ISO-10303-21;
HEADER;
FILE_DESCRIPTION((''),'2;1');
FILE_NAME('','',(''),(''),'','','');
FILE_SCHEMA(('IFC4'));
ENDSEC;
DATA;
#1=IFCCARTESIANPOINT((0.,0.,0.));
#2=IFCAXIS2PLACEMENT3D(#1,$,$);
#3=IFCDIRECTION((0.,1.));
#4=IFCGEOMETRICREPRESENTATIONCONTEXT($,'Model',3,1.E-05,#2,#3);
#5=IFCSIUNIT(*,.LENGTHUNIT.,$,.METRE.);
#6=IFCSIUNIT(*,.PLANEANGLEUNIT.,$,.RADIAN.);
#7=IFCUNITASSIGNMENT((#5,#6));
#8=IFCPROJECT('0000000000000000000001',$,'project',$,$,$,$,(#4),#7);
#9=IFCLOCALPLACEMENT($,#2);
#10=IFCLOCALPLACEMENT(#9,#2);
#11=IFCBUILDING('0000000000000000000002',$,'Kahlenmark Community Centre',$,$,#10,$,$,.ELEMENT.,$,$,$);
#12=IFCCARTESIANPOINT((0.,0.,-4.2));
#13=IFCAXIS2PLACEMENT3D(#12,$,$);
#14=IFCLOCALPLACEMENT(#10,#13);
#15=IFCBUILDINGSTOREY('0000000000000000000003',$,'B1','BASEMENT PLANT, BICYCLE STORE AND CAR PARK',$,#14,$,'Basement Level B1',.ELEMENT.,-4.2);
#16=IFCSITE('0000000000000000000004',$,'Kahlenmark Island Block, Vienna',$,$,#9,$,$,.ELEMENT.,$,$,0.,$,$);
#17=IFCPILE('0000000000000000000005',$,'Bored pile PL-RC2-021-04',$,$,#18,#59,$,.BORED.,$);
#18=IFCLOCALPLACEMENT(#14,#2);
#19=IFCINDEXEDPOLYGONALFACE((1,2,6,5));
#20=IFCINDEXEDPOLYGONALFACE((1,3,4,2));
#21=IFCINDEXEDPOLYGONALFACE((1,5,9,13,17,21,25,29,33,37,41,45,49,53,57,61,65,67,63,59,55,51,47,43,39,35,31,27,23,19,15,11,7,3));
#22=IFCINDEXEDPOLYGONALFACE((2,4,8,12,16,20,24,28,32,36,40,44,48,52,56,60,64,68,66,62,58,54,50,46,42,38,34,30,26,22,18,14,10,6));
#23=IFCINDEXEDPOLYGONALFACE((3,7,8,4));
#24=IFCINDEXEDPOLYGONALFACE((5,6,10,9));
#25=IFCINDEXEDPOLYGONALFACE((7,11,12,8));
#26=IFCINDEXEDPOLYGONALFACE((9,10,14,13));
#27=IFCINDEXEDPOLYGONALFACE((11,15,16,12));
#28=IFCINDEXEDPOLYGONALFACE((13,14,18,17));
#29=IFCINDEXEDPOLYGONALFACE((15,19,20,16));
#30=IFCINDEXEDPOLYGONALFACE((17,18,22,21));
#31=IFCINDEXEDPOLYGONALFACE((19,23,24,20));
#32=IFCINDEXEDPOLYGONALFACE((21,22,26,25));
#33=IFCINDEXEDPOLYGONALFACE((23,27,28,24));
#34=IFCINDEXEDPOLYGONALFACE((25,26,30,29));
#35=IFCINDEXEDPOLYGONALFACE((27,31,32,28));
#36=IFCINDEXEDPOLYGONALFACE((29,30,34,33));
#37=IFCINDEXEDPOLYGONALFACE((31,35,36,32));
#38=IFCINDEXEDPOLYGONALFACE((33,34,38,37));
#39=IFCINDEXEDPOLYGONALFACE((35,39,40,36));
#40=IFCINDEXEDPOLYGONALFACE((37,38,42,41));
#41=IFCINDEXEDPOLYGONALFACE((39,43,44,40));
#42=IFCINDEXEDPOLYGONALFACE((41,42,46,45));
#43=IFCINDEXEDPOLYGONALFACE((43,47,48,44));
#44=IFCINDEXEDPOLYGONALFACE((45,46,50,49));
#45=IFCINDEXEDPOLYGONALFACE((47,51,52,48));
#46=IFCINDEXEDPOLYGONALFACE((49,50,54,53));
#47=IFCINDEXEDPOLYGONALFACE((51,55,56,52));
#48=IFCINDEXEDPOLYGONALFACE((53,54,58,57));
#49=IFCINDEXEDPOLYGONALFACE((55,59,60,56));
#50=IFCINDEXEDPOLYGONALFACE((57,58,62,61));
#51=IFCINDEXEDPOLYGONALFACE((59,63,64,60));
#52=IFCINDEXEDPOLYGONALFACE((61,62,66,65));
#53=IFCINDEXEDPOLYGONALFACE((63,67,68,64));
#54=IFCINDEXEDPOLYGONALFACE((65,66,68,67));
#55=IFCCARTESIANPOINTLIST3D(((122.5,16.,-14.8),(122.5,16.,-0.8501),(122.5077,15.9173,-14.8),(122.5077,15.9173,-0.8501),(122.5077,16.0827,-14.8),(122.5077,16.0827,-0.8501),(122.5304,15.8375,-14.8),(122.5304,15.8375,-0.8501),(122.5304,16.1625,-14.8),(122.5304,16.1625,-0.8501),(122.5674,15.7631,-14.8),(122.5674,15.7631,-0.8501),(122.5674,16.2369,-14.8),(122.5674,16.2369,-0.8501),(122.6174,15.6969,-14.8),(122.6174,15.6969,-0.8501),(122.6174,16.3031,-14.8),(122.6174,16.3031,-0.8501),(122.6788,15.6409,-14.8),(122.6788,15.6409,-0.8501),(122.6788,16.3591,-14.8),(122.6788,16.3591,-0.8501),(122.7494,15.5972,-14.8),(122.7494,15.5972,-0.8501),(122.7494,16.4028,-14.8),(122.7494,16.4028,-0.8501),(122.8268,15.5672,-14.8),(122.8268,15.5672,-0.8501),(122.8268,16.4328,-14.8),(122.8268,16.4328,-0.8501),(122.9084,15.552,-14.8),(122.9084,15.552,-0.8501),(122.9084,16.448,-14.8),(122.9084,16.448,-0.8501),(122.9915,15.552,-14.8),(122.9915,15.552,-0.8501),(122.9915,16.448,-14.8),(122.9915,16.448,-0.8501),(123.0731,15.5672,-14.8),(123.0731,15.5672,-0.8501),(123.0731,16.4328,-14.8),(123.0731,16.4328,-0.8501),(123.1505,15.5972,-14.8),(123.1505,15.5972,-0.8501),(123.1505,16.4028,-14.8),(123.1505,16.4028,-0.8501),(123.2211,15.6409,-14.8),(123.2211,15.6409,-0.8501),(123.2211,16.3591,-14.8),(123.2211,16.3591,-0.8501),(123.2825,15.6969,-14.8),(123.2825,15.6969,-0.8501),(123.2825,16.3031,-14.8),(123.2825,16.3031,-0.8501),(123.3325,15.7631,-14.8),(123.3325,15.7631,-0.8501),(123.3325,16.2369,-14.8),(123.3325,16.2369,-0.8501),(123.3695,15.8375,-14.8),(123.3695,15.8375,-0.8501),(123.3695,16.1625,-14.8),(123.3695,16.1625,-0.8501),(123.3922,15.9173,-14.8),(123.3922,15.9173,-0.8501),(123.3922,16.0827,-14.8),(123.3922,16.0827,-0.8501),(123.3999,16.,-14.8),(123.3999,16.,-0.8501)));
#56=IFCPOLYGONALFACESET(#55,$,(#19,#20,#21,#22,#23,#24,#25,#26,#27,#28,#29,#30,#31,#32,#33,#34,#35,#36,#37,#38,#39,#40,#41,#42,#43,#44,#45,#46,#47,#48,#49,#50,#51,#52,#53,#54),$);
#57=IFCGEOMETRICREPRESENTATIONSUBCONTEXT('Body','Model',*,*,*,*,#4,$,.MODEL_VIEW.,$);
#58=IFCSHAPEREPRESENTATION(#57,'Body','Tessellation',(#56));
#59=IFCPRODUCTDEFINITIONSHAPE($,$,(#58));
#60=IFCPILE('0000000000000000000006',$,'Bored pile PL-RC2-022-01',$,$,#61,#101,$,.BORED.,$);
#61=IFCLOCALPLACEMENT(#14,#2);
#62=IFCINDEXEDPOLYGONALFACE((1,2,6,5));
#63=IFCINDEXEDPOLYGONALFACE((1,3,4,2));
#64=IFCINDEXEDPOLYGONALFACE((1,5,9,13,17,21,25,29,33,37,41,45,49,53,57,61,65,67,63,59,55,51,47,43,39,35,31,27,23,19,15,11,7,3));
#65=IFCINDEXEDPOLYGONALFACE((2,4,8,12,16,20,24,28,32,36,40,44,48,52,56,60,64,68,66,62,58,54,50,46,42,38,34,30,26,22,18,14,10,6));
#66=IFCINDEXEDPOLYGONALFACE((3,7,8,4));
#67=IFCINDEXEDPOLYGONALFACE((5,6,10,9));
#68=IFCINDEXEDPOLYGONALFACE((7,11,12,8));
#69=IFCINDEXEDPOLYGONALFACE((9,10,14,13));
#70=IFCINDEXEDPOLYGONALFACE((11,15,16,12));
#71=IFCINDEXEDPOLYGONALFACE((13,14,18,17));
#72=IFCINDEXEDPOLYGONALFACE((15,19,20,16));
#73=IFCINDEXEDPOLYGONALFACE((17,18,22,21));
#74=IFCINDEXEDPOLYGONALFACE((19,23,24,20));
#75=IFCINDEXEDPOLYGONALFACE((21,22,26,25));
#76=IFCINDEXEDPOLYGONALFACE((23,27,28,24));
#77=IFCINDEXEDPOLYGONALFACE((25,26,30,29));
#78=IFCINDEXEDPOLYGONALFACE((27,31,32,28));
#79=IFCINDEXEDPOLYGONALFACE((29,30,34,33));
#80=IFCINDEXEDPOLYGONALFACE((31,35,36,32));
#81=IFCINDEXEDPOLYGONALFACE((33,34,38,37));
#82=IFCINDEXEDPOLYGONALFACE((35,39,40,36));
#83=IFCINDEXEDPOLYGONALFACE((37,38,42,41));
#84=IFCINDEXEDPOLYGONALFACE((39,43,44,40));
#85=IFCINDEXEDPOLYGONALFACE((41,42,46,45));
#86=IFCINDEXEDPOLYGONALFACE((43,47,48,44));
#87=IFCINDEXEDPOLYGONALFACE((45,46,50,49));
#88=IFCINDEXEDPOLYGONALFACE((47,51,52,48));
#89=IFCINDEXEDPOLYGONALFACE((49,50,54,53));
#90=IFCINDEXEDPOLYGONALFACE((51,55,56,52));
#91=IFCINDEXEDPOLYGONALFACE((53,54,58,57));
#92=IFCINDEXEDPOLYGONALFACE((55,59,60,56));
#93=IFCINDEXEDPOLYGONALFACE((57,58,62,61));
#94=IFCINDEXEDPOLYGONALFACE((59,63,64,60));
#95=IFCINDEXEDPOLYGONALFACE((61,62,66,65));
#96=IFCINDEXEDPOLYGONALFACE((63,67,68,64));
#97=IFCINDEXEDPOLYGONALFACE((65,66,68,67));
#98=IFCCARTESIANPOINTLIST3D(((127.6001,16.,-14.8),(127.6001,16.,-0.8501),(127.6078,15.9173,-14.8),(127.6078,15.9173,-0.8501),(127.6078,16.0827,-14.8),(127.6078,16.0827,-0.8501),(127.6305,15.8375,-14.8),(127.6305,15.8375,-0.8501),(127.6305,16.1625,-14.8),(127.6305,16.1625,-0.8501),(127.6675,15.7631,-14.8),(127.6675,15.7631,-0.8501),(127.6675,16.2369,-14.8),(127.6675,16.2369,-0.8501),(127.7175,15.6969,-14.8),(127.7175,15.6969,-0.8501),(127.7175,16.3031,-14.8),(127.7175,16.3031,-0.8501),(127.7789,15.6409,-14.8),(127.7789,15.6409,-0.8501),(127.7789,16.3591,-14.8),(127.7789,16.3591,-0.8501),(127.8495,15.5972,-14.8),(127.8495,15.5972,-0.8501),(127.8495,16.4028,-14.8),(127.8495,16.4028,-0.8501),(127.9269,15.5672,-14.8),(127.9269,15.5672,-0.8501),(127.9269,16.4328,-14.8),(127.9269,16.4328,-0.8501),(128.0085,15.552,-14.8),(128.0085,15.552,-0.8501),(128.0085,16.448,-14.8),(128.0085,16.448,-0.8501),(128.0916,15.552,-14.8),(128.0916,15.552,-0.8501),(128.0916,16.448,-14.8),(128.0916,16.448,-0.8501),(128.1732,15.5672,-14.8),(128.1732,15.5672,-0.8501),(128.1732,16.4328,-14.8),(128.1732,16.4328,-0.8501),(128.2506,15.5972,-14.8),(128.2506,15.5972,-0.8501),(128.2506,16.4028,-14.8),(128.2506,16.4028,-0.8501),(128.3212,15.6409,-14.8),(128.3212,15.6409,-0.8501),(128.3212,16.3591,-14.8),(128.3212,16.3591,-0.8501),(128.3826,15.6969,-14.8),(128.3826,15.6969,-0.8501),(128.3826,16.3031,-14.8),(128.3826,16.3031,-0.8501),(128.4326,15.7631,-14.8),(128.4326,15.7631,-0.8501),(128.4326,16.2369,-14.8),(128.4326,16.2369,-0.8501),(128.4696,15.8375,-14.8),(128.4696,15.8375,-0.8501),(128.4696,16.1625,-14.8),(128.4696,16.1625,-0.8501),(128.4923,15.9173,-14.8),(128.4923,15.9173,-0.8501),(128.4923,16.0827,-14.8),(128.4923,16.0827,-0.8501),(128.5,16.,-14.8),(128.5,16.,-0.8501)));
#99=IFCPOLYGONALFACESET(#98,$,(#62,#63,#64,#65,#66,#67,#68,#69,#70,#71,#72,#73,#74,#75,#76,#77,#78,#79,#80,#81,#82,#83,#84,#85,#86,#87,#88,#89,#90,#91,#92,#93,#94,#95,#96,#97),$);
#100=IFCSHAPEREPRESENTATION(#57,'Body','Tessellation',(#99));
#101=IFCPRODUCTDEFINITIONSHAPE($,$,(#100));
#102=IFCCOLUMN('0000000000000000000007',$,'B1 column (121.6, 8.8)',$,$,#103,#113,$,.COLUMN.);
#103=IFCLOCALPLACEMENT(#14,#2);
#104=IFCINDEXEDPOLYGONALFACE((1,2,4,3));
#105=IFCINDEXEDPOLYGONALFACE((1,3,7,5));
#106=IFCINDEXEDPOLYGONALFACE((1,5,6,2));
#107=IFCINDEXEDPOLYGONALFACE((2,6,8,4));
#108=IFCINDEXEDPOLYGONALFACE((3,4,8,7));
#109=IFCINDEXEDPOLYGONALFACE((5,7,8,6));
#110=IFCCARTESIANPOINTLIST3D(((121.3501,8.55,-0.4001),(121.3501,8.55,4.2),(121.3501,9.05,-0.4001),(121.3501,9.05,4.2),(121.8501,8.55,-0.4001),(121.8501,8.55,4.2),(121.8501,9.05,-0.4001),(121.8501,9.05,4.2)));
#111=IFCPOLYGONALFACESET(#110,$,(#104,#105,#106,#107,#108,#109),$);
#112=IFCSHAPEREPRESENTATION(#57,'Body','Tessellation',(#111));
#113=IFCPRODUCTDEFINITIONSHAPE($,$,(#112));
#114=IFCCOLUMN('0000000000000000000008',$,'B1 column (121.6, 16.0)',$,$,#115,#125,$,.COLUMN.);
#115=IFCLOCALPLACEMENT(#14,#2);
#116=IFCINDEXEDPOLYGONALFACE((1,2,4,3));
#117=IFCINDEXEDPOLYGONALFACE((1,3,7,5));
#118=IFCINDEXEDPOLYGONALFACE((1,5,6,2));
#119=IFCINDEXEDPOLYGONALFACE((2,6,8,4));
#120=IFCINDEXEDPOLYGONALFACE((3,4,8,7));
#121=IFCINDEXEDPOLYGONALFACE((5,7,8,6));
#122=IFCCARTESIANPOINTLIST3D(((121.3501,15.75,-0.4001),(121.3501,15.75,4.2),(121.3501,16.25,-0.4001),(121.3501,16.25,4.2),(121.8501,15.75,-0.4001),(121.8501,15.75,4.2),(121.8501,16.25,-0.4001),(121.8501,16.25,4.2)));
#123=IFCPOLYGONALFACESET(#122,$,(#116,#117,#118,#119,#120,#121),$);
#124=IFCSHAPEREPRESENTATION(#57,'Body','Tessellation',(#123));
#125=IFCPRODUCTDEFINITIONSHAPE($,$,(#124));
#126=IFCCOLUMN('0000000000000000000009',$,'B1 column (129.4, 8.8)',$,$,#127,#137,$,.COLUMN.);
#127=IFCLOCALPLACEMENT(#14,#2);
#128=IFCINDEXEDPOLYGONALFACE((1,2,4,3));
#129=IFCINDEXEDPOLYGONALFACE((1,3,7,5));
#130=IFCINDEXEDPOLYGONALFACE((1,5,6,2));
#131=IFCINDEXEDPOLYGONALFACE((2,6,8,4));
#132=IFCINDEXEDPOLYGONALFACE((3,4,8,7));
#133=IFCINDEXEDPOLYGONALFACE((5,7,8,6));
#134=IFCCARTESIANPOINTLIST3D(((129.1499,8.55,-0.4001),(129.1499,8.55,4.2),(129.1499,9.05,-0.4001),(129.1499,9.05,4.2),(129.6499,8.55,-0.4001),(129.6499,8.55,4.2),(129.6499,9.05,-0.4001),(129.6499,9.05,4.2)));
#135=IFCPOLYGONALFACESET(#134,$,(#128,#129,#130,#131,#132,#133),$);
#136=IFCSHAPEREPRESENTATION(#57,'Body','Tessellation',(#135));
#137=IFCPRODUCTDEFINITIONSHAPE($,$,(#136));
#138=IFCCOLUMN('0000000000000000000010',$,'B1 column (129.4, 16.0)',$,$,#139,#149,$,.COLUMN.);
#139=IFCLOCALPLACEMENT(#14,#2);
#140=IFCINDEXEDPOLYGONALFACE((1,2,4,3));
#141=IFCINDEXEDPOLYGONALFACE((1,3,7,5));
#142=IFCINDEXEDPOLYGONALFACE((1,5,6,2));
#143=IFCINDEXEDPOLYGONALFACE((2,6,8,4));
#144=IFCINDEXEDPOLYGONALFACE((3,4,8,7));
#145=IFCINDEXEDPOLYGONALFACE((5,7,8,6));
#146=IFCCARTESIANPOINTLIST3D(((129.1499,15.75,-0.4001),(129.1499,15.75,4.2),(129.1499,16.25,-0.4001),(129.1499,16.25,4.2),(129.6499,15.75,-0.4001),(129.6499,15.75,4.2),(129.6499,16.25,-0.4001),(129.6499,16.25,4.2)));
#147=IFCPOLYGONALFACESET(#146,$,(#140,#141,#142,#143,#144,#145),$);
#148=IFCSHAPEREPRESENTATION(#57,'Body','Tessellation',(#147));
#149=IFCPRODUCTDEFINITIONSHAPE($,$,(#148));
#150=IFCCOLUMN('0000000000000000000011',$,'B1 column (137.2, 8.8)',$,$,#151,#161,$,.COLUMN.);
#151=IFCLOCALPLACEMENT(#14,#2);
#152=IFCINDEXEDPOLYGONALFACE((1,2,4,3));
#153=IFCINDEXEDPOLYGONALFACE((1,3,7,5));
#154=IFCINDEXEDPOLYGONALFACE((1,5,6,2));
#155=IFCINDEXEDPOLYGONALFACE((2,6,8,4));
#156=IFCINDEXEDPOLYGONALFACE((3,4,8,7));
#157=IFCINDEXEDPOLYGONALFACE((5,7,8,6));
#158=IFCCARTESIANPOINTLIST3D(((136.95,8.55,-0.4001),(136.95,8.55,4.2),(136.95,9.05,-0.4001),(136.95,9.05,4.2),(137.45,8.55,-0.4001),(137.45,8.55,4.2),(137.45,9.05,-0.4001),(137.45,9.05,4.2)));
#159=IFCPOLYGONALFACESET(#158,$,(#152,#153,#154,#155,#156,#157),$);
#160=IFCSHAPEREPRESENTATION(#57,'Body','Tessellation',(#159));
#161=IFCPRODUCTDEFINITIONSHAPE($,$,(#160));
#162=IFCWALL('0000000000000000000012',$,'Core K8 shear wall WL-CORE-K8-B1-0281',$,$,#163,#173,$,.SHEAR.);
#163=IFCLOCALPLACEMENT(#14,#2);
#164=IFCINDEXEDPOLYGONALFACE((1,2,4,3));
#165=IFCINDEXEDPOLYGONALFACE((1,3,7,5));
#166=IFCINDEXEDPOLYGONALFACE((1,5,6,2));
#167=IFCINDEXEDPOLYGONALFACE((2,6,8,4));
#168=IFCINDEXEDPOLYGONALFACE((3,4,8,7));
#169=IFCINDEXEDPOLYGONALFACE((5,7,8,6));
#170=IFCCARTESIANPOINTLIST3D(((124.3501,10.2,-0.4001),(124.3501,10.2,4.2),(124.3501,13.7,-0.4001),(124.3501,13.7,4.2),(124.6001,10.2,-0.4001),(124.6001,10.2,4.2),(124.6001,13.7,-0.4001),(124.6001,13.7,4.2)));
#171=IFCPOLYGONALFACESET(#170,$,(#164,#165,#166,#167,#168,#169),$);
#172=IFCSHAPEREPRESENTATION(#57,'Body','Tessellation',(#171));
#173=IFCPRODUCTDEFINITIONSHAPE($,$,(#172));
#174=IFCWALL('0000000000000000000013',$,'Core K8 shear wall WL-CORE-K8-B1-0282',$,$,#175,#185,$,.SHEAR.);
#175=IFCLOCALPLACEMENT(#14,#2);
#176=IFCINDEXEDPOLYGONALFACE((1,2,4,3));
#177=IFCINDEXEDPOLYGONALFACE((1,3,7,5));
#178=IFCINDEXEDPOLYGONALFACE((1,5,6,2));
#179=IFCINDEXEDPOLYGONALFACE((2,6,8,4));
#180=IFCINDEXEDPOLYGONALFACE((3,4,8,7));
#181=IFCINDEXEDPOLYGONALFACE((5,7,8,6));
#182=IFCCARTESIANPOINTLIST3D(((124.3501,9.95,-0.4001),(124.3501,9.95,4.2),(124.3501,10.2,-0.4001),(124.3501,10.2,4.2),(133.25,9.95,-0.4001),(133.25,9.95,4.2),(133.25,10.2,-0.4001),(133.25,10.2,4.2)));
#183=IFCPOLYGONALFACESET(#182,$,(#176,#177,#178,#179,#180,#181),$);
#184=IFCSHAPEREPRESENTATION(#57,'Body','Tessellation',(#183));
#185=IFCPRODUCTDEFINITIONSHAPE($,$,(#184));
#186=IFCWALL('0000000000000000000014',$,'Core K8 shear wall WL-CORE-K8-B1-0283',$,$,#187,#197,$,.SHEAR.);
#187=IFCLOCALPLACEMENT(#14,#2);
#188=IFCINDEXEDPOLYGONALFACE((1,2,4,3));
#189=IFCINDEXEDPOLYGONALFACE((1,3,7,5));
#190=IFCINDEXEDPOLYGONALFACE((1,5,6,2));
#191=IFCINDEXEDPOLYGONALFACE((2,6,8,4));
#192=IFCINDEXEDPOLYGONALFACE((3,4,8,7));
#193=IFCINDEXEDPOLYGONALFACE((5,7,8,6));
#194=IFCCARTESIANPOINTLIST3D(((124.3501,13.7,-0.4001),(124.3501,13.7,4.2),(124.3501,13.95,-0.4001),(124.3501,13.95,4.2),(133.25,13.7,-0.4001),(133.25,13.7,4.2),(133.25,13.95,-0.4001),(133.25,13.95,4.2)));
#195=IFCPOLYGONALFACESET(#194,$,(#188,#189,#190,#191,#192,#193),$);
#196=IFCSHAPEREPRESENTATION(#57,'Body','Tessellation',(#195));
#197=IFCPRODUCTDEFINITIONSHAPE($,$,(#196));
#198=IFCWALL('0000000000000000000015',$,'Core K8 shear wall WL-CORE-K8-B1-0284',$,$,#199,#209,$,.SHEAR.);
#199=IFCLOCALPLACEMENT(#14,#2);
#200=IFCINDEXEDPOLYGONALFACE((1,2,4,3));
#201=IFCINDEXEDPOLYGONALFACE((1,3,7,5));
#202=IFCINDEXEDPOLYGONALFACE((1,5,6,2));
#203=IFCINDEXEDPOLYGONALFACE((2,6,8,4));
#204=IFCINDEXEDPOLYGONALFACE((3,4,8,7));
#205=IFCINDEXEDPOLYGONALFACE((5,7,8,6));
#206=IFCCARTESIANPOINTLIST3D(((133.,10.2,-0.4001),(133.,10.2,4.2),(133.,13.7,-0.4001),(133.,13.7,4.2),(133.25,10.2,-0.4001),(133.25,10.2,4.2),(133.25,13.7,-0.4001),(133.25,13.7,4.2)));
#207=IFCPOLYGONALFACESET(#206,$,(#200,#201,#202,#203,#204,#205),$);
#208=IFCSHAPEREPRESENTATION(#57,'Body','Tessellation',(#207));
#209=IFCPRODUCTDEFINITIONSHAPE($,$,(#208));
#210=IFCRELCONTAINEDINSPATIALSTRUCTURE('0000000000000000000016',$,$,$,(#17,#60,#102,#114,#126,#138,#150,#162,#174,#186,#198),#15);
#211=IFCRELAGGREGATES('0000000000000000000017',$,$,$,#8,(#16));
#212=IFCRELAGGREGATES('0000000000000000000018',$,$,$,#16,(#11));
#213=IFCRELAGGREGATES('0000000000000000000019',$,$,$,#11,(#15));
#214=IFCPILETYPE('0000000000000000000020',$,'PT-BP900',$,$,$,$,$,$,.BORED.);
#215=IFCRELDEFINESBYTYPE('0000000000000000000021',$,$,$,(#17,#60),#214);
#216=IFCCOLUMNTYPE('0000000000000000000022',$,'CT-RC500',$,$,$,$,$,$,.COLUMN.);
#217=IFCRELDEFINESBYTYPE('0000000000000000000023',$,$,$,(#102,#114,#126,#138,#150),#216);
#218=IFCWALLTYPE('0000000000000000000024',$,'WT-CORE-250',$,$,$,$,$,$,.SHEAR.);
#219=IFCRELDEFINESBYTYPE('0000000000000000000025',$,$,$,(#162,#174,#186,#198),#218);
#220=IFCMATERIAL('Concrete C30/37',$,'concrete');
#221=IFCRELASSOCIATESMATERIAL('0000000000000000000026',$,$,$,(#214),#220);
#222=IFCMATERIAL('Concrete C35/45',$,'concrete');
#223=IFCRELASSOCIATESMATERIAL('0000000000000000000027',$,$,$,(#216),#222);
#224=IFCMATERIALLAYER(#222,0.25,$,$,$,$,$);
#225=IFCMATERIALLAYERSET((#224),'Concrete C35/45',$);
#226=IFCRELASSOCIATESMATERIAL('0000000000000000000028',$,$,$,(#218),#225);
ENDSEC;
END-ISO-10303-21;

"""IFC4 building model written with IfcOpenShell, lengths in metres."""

from ifc_helpers import new_model, si_unit, direction, frame, frame_2d, origin, origin_2d, place, context, subcontext, project, spatial, rectangle, circle, extrude, material, layer, layer_set, material_profile, profile_set, type_object, element, save


model = new_model("IFC4")

# Units and contexts
model_context = context("Model", 3, precision=1e-05, world=origin(), true_north=direction((0.0, 1.0)))
body_context = subcontext(model_context, "Body", "Model", "MODEL_VIEW")
ifc_project = project(units=[si_unit("LENGTHUNIT", "METRE"), si_unit("PLANEANGLEUNIT", "RADIAN")], contexts=[model_context])

# Site, building, storey
site_placement = place(None, origin())
site = spatial("IfcSite", under=ifc_project, at=site_placement, Name="Kahlenmark Island Block, Vienna", CompositionType="ELEMENT", RefElevation=0.0)
building_placement = place(site_placement, origin())
building = spatial("IfcBuilding", under=site, at=building_placement, Name="Kahlenmark Community Centre", CompositionType="ELEMENT")
storey_placement = place(building_placement, frame((0.0, 0.0, -4.2)))
storey = spatial("IfcBuildingStorey", under=building, at=storey_placement, Name="B1", Description="BASEMENT PLANT, BICYCLE STORE AND CAR PARK", LongName="Basement Level B1", CompositionType="ELEMENT", Elevation=-4.2)

# Shared definitions
ifc_material_1 = material(Name="Concrete C30/37", Category="concrete")

# Piles
ifc_material_profile_1 = material_profile(ifc_material_1, circle(Radius=0.45, at=origin_2d()), Name="BORED PILE 900")
ifc_profile_set_1 = profile_set([ifc_material_profile_1], Name="Concrete C30/37")
pile_type_1 = type_object("IfcPileType", Name="PT-BP900", PredefinedType="BORED", material=ifc_profile_set_1)
for number, where, z_axis, x_axis, name in (
    (1, (122.95, 16.0, -0.8501), (0.0, 0.0, -1.0), (1.0, 0.0, 0.0), "Bored pile PL-RC2-021-04"),
    (2, (128.05, 16.0, -0.8501), (0.0, 0.0, -1.0), (1.0, 0.0, 0.0), "Bored pile PL-RC2-022-01"),
):
    element("IfcPile", number, at=place(storey_placement, frame(where, z_axis=z_axis, x_axis=x_axis)), inside=storey, type_object=pile_type_1, Name=name, PredefinedType="BORED", context=body_context, shape_type="SweptSolid", body=[
        extrude(circle(Radius=0.45, at=origin_2d()), origin(), (0.0, 0.0, 1.0), 13.95),
    ])

# Columns
ifc_material_2 = material(Name="Concrete C35/45", Category="concrete")
ifc_material_profile_2 = material_profile(ifc_material_2, rectangle(XDim=0.5, YDim=0.5, at=origin_2d()), Name="RC 500x500")
ifc_profile_set_2 = profile_set([ifc_material_profile_2], Name="Concrete C35/45")
column_type = type_object("IfcColumnType", Name="CT-RC500", PredefinedType="COLUMN", material=ifc_profile_set_2)
for number, where, z_axis, x_axis, name in (
    (3, (121.6001, 8.8, -0.4001), (0.0, 0.0, 1.0), (1.0, 0.0, 0.0), "B1 column (121.6, 8.8)"),
    (4, (121.6001, 16.0, -0.4001), (0.0, 0.0, 1.0), (1.0, 0.0, 0.0), "B1 column (121.6, 16.0)"),
    (5, (129.3999, 8.8, -0.4001), (0.0, 0.0, 1.0), (1.0, 0.0, 0.0), "B1 column (129.4, 8.8)"),
    (6, (129.3999, 16.0, -0.4001), (0.0, 0.0, 1.0), (1.0, 0.0, 0.0), "B1 column (129.4, 16.0)"),
    (7, (137.2, 8.8, -0.4001), (0.0, 0.0, 1.0), (1.0, 0.0, 0.0), "B1 column (137.2, 8.8)"),
):
    element("IfcColumn", number, at=place(storey_placement, frame(where, z_axis=z_axis, x_axis=x_axis)), inside=storey, type_object=column_type, Name=name, PredefinedType="COLUMN", context=body_context, shape_type="SweptSolid", body=[
        extrude(rectangle(XDim=0.5, YDim=0.5, at=origin_2d()), origin(), (0.0, 0.0, 1.0), 4.6001),
    ])

# Walls
ifc_layer_1 = layer(ifc_material_2, 0.25)
ifc_layer_set_1 = layer_set([ifc_layer_1], Name="Concrete C35/45")
wall_type_1 = type_object("IfcWallType", Name="WT-CORE-250", PredefinedType="SHEAR", material=ifc_layer_set_1)
wall_1_placement = place(storey_placement, frame((124.4751, 13.7, -0.4001), z_axis=(0.0, 0.0, 1.0), x_axis=(0.0, -1.0, 0.0)))
element("IfcWall", 8, at=wall_1_placement, inside=storey, type_object=wall_type_1, Name="Core K8 shear wall WL-CORE-K8-B1-0281", PredefinedType="SHEAR", context=body_context, shape_type="SweptSolid", body=[
    extrude(rectangle(XDim=3.5, YDim=0.25, at=frame_2d((1.75, 0.0))), origin(), (0.0, 0.0, 1.0), 4.6001),
])
for number, where, z_axis, x_axis, name in (
    (9, (124.3501, 10.075, -0.4001), (0.0, 0.0, 1.0), (1.0, 0.0, 0.0), "Core K8 shear wall WL-CORE-K8-B1-0282"),
    (10, (124.3501, 13.825, -0.4001), (0.0, 0.0, 1.0), (1.0, 0.0, 0.0), "Core K8 shear wall WL-CORE-K8-B1-0283"),
):
    element("IfcWall", number, at=place(storey_placement, frame(where, z_axis=z_axis, x_axis=x_axis)), inside=storey, type_object=wall_type_1, Name=name, PredefinedType="SHEAR", context=body_context, shape_type="SweptSolid", body=[
        extrude(rectangle(XDim=8.8999, YDim=0.25, at=frame_2d((4.45, 0.0))), origin(), (0.0, 0.0, 1.0), 4.6001),
    ])
wall_2_placement = place(storey_placement, frame((133.125, 10.2, -0.4001), z_axis=(0.0, 0.0, 1.0), x_axis=(0.0, 1.0, 0.0)))
element("IfcWall", 11, at=wall_2_placement, inside=storey, type_object=wall_type_1, Name="Core K8 shear wall WL-CORE-K8-B1-0284", PredefinedType="SHEAR", context=body_context, shape_type="SweptSolid", body=[
    extrude(rectangle(XDim=3.5, YDim=0.25, at=frame_2d((1.75, 0.0))), origin(), (0.0, 0.0, 1.0), 4.6001),
])

save(model, "model.ifc")
